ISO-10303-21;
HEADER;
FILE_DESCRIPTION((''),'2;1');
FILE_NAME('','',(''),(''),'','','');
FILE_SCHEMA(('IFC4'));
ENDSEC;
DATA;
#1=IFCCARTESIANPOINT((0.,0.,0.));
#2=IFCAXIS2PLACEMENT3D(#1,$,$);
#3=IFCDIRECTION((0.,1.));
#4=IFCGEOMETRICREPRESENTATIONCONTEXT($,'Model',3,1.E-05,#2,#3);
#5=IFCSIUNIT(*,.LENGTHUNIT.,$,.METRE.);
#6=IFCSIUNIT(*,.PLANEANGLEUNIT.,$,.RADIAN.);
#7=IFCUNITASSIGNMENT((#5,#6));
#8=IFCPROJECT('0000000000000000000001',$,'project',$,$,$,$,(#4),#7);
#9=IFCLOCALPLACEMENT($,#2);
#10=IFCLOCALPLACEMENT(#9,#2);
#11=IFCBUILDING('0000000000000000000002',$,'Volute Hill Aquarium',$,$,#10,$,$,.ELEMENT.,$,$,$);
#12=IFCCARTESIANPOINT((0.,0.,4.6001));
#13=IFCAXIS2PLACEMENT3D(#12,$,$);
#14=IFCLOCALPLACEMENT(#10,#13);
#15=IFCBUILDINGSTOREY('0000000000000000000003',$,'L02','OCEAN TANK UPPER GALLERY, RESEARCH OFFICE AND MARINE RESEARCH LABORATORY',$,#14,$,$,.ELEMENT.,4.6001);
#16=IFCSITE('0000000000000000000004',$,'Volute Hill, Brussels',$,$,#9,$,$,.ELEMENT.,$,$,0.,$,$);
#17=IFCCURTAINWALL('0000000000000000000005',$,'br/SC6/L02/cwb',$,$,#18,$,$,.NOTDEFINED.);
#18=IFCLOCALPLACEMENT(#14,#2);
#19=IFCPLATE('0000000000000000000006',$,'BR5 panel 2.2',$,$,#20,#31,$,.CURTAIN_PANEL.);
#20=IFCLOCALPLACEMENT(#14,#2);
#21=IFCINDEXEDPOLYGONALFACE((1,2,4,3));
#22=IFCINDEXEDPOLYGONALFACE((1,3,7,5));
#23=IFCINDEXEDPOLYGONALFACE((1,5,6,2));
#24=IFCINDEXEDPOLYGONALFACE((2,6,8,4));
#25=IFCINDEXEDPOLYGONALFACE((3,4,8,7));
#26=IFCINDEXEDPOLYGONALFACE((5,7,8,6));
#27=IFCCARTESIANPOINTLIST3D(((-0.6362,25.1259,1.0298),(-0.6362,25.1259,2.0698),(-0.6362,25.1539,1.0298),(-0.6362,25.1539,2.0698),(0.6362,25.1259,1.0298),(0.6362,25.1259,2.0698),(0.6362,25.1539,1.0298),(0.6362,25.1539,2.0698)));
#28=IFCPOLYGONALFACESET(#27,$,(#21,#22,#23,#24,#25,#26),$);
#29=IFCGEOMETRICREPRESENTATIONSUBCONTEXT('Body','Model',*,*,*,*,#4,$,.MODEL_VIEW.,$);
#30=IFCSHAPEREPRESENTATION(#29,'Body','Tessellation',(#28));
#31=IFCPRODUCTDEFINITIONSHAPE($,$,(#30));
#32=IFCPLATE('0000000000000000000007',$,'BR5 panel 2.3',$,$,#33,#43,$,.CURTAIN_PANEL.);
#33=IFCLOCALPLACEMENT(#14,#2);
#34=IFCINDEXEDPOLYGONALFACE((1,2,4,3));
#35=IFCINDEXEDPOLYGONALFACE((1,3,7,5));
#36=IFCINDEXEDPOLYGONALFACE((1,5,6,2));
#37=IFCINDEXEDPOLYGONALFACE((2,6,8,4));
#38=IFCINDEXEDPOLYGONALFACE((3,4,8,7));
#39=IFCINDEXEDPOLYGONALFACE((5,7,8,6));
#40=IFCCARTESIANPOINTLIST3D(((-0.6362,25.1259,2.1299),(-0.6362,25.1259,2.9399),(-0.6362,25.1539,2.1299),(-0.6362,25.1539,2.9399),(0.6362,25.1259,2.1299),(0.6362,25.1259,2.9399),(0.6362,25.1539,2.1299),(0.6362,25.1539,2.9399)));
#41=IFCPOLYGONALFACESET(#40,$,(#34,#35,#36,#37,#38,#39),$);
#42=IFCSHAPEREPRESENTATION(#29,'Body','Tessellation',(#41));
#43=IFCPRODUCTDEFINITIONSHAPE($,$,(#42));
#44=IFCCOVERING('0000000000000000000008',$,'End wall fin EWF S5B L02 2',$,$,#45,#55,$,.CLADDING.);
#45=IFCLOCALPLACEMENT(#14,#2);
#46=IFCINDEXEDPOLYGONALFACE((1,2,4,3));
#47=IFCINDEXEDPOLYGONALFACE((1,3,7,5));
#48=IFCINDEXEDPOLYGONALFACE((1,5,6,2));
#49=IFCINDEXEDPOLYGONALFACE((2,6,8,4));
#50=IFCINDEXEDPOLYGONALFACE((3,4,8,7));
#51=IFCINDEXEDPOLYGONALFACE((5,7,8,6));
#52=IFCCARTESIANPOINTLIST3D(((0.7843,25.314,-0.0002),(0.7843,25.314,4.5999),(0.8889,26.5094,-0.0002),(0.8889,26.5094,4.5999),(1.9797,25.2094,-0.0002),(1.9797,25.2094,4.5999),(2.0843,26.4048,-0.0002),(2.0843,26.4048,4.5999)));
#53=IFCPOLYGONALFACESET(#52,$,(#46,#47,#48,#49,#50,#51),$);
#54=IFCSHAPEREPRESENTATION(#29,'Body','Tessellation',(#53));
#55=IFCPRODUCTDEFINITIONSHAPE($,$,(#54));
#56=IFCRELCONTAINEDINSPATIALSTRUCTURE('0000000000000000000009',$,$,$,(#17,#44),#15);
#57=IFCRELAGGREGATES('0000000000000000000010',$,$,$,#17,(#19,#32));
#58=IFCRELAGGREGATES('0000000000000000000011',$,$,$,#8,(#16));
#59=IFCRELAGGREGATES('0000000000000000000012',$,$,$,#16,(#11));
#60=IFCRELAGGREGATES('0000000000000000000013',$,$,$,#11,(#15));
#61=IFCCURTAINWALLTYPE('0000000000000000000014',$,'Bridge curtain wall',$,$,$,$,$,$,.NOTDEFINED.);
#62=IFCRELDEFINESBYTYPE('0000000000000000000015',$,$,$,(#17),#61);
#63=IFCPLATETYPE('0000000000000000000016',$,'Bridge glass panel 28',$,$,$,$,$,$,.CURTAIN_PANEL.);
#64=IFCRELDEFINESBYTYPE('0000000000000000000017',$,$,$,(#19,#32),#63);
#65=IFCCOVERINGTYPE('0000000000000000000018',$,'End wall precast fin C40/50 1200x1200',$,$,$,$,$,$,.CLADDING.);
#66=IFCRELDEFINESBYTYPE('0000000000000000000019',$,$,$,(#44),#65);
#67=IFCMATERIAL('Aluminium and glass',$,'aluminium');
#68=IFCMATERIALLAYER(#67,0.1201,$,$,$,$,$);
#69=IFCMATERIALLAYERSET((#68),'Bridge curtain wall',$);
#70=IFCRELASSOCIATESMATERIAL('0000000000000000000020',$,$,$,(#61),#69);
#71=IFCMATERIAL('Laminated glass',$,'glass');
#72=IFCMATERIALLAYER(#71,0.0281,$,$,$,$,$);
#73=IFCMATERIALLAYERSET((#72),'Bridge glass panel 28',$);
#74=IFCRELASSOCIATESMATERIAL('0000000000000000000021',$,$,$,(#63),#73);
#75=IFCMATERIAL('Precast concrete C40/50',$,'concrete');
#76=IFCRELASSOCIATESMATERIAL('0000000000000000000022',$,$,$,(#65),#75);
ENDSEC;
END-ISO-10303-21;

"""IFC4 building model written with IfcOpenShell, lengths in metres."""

from ifc_helpers import new_model, si_unit, direction, frame, origin, origin_2d, place, context, subcontext, project, spatial, rectangle, extrude, material, layer, layer_set, type_object, element, aggregate, save


model = new_model("IFC4")

# Units and contexts
model_context = context("Model", 3, precision=1e-05, world=origin(), true_north=direction((0.0, 1.0)))
body_context = subcontext(model_context, "Body", "Model", "MODEL_VIEW")
ifc_project = project(units=[si_unit("LENGTHUNIT", "METRE"), si_unit("PLANEANGLEUNIT", "RADIAN")], contexts=[model_context])

# Site, building, storey
site_placement = place(None, origin())
site = spatial("IfcSite", under=ifc_project, at=site_placement, Name="Volute Hill, Brussels", CompositionType="ELEMENT", RefElevation=0.0)
building_placement = place(site_placement, origin())
building = spatial("IfcBuilding", under=site, at=building_placement, Name="Volute Hill Aquarium", CompositionType="ELEMENT")
storey_placement = place(building_placement, frame((0.0, 0.0, 4.6001)))
storey = spatial("IfcBuildingStorey", under=building, at=storey_placement, Name="L02", Description="OCEAN TANK UPPER GALLERY, RESEARCH OFFICE AND MARINE RESEARCH LABORATORY", CompositionType="ELEMENT", Elevation=4.6001)

# Curtain wall
ifc_material_1 = material(Name="Aluminium and glass", Category="aluminium")
ifc_layer_1 = layer(ifc_material_1, 0.1201)
ifc_layer_set_1 = layer_set([ifc_layer_1], Name="Bridge curtain wall")
curtain_wall_type = type_object("IfcCurtainWallType", Name="Bridge curtain wall", PredefinedType="NOTDEFINED", material=ifc_layer_set_1)
curtain_wall_placement = place(storey_placement, origin())
curtain_wall = element("IfcCurtainWall", 1, at=curtain_wall_placement, inside=storey, type_object=curtain_wall_type, Name="br/SC6/L02/cwb", PredefinedType="NOTDEFINED")

# Plates
ifc_material_2 = material(Name="Laminated glass", Category="glass")
ifc_layer_2 = layer(ifc_material_2, 0.0281)
ifc_layer_set_2 = layer_set([ifc_layer_2], Name="Bridge glass panel 28")
plate_type = type_object("IfcPlateType", Name="Bridge glass panel 28", PredefinedType="CURTAIN_PANEL", material=ifc_layer_set_2)
plate_1_placement = place(storey_placement, frame((0.0, 25.1399, 1.0298), z_axis=(0.0, 0.0, 1.0), x_axis=(-1.0, 0.0, 0.0)))
plate_1 = element("IfcPlate", 2, at=plate_1_placement, type_object=plate_type, Name="BR5 panel 2.2", PredefinedType="CURTAIN_PANEL", context=body_context, shape_type="SweptSolid", body=[
    extrude(rectangle(XDim=1.2725, YDim=0.0281, at=origin_2d()), origin(), (0.0, 0.0, 1.0), 1.04),
])
plate_2_placement = place(storey_placement, frame((0.0, 25.1399, 2.1299), z_axis=(0.0, 0.0, 1.0), x_axis=(-1.0, 0.0, 0.0)))
plate_2 = element("IfcPlate", 3, at=plate_2_placement, type_object=plate_type, Name="BR5 panel 2.3", PredefinedType="CURTAIN_PANEL", context=body_context, shape_type="SweptSolid", body=[
    extrude(rectangle(XDim=1.2725, YDim=0.0281, at=origin_2d()), origin(), (0.0, 0.0, 1.0), 0.8101),
])
aggregate(curtain_wall, [plate_1, plate_2])

# Covering
ifc_material_3 = material(Name="Precast concrete C40/50", Category="concrete")
covering_type = type_object("IfcCoveringType", Name="End wall precast fin C40/50 1200x1200", PredefinedType="CLADDING", material=ifc_material_3)
covering_placement = place(storey_placement, frame((1.4343, 25.8594, -0.0002), z_axis=(0.0, 0.0, 1.0), x_axis=(0.087153, 0.996195, 0.0)))
element("IfcCovering", 4, at=covering_placement, inside=storey, type_object=covering_type, Name="End wall fin EWF S5B L02 2", PredefinedType="CLADDING", context=body_context, shape_type="SweptSolid", body=[
    extrude(rectangle(XDim=1.2, YDim=1.2, at=origin_2d()), origin(), (0.0, 0.0, 1.0), 4.6001),
])

save(model, "model.ifc")
